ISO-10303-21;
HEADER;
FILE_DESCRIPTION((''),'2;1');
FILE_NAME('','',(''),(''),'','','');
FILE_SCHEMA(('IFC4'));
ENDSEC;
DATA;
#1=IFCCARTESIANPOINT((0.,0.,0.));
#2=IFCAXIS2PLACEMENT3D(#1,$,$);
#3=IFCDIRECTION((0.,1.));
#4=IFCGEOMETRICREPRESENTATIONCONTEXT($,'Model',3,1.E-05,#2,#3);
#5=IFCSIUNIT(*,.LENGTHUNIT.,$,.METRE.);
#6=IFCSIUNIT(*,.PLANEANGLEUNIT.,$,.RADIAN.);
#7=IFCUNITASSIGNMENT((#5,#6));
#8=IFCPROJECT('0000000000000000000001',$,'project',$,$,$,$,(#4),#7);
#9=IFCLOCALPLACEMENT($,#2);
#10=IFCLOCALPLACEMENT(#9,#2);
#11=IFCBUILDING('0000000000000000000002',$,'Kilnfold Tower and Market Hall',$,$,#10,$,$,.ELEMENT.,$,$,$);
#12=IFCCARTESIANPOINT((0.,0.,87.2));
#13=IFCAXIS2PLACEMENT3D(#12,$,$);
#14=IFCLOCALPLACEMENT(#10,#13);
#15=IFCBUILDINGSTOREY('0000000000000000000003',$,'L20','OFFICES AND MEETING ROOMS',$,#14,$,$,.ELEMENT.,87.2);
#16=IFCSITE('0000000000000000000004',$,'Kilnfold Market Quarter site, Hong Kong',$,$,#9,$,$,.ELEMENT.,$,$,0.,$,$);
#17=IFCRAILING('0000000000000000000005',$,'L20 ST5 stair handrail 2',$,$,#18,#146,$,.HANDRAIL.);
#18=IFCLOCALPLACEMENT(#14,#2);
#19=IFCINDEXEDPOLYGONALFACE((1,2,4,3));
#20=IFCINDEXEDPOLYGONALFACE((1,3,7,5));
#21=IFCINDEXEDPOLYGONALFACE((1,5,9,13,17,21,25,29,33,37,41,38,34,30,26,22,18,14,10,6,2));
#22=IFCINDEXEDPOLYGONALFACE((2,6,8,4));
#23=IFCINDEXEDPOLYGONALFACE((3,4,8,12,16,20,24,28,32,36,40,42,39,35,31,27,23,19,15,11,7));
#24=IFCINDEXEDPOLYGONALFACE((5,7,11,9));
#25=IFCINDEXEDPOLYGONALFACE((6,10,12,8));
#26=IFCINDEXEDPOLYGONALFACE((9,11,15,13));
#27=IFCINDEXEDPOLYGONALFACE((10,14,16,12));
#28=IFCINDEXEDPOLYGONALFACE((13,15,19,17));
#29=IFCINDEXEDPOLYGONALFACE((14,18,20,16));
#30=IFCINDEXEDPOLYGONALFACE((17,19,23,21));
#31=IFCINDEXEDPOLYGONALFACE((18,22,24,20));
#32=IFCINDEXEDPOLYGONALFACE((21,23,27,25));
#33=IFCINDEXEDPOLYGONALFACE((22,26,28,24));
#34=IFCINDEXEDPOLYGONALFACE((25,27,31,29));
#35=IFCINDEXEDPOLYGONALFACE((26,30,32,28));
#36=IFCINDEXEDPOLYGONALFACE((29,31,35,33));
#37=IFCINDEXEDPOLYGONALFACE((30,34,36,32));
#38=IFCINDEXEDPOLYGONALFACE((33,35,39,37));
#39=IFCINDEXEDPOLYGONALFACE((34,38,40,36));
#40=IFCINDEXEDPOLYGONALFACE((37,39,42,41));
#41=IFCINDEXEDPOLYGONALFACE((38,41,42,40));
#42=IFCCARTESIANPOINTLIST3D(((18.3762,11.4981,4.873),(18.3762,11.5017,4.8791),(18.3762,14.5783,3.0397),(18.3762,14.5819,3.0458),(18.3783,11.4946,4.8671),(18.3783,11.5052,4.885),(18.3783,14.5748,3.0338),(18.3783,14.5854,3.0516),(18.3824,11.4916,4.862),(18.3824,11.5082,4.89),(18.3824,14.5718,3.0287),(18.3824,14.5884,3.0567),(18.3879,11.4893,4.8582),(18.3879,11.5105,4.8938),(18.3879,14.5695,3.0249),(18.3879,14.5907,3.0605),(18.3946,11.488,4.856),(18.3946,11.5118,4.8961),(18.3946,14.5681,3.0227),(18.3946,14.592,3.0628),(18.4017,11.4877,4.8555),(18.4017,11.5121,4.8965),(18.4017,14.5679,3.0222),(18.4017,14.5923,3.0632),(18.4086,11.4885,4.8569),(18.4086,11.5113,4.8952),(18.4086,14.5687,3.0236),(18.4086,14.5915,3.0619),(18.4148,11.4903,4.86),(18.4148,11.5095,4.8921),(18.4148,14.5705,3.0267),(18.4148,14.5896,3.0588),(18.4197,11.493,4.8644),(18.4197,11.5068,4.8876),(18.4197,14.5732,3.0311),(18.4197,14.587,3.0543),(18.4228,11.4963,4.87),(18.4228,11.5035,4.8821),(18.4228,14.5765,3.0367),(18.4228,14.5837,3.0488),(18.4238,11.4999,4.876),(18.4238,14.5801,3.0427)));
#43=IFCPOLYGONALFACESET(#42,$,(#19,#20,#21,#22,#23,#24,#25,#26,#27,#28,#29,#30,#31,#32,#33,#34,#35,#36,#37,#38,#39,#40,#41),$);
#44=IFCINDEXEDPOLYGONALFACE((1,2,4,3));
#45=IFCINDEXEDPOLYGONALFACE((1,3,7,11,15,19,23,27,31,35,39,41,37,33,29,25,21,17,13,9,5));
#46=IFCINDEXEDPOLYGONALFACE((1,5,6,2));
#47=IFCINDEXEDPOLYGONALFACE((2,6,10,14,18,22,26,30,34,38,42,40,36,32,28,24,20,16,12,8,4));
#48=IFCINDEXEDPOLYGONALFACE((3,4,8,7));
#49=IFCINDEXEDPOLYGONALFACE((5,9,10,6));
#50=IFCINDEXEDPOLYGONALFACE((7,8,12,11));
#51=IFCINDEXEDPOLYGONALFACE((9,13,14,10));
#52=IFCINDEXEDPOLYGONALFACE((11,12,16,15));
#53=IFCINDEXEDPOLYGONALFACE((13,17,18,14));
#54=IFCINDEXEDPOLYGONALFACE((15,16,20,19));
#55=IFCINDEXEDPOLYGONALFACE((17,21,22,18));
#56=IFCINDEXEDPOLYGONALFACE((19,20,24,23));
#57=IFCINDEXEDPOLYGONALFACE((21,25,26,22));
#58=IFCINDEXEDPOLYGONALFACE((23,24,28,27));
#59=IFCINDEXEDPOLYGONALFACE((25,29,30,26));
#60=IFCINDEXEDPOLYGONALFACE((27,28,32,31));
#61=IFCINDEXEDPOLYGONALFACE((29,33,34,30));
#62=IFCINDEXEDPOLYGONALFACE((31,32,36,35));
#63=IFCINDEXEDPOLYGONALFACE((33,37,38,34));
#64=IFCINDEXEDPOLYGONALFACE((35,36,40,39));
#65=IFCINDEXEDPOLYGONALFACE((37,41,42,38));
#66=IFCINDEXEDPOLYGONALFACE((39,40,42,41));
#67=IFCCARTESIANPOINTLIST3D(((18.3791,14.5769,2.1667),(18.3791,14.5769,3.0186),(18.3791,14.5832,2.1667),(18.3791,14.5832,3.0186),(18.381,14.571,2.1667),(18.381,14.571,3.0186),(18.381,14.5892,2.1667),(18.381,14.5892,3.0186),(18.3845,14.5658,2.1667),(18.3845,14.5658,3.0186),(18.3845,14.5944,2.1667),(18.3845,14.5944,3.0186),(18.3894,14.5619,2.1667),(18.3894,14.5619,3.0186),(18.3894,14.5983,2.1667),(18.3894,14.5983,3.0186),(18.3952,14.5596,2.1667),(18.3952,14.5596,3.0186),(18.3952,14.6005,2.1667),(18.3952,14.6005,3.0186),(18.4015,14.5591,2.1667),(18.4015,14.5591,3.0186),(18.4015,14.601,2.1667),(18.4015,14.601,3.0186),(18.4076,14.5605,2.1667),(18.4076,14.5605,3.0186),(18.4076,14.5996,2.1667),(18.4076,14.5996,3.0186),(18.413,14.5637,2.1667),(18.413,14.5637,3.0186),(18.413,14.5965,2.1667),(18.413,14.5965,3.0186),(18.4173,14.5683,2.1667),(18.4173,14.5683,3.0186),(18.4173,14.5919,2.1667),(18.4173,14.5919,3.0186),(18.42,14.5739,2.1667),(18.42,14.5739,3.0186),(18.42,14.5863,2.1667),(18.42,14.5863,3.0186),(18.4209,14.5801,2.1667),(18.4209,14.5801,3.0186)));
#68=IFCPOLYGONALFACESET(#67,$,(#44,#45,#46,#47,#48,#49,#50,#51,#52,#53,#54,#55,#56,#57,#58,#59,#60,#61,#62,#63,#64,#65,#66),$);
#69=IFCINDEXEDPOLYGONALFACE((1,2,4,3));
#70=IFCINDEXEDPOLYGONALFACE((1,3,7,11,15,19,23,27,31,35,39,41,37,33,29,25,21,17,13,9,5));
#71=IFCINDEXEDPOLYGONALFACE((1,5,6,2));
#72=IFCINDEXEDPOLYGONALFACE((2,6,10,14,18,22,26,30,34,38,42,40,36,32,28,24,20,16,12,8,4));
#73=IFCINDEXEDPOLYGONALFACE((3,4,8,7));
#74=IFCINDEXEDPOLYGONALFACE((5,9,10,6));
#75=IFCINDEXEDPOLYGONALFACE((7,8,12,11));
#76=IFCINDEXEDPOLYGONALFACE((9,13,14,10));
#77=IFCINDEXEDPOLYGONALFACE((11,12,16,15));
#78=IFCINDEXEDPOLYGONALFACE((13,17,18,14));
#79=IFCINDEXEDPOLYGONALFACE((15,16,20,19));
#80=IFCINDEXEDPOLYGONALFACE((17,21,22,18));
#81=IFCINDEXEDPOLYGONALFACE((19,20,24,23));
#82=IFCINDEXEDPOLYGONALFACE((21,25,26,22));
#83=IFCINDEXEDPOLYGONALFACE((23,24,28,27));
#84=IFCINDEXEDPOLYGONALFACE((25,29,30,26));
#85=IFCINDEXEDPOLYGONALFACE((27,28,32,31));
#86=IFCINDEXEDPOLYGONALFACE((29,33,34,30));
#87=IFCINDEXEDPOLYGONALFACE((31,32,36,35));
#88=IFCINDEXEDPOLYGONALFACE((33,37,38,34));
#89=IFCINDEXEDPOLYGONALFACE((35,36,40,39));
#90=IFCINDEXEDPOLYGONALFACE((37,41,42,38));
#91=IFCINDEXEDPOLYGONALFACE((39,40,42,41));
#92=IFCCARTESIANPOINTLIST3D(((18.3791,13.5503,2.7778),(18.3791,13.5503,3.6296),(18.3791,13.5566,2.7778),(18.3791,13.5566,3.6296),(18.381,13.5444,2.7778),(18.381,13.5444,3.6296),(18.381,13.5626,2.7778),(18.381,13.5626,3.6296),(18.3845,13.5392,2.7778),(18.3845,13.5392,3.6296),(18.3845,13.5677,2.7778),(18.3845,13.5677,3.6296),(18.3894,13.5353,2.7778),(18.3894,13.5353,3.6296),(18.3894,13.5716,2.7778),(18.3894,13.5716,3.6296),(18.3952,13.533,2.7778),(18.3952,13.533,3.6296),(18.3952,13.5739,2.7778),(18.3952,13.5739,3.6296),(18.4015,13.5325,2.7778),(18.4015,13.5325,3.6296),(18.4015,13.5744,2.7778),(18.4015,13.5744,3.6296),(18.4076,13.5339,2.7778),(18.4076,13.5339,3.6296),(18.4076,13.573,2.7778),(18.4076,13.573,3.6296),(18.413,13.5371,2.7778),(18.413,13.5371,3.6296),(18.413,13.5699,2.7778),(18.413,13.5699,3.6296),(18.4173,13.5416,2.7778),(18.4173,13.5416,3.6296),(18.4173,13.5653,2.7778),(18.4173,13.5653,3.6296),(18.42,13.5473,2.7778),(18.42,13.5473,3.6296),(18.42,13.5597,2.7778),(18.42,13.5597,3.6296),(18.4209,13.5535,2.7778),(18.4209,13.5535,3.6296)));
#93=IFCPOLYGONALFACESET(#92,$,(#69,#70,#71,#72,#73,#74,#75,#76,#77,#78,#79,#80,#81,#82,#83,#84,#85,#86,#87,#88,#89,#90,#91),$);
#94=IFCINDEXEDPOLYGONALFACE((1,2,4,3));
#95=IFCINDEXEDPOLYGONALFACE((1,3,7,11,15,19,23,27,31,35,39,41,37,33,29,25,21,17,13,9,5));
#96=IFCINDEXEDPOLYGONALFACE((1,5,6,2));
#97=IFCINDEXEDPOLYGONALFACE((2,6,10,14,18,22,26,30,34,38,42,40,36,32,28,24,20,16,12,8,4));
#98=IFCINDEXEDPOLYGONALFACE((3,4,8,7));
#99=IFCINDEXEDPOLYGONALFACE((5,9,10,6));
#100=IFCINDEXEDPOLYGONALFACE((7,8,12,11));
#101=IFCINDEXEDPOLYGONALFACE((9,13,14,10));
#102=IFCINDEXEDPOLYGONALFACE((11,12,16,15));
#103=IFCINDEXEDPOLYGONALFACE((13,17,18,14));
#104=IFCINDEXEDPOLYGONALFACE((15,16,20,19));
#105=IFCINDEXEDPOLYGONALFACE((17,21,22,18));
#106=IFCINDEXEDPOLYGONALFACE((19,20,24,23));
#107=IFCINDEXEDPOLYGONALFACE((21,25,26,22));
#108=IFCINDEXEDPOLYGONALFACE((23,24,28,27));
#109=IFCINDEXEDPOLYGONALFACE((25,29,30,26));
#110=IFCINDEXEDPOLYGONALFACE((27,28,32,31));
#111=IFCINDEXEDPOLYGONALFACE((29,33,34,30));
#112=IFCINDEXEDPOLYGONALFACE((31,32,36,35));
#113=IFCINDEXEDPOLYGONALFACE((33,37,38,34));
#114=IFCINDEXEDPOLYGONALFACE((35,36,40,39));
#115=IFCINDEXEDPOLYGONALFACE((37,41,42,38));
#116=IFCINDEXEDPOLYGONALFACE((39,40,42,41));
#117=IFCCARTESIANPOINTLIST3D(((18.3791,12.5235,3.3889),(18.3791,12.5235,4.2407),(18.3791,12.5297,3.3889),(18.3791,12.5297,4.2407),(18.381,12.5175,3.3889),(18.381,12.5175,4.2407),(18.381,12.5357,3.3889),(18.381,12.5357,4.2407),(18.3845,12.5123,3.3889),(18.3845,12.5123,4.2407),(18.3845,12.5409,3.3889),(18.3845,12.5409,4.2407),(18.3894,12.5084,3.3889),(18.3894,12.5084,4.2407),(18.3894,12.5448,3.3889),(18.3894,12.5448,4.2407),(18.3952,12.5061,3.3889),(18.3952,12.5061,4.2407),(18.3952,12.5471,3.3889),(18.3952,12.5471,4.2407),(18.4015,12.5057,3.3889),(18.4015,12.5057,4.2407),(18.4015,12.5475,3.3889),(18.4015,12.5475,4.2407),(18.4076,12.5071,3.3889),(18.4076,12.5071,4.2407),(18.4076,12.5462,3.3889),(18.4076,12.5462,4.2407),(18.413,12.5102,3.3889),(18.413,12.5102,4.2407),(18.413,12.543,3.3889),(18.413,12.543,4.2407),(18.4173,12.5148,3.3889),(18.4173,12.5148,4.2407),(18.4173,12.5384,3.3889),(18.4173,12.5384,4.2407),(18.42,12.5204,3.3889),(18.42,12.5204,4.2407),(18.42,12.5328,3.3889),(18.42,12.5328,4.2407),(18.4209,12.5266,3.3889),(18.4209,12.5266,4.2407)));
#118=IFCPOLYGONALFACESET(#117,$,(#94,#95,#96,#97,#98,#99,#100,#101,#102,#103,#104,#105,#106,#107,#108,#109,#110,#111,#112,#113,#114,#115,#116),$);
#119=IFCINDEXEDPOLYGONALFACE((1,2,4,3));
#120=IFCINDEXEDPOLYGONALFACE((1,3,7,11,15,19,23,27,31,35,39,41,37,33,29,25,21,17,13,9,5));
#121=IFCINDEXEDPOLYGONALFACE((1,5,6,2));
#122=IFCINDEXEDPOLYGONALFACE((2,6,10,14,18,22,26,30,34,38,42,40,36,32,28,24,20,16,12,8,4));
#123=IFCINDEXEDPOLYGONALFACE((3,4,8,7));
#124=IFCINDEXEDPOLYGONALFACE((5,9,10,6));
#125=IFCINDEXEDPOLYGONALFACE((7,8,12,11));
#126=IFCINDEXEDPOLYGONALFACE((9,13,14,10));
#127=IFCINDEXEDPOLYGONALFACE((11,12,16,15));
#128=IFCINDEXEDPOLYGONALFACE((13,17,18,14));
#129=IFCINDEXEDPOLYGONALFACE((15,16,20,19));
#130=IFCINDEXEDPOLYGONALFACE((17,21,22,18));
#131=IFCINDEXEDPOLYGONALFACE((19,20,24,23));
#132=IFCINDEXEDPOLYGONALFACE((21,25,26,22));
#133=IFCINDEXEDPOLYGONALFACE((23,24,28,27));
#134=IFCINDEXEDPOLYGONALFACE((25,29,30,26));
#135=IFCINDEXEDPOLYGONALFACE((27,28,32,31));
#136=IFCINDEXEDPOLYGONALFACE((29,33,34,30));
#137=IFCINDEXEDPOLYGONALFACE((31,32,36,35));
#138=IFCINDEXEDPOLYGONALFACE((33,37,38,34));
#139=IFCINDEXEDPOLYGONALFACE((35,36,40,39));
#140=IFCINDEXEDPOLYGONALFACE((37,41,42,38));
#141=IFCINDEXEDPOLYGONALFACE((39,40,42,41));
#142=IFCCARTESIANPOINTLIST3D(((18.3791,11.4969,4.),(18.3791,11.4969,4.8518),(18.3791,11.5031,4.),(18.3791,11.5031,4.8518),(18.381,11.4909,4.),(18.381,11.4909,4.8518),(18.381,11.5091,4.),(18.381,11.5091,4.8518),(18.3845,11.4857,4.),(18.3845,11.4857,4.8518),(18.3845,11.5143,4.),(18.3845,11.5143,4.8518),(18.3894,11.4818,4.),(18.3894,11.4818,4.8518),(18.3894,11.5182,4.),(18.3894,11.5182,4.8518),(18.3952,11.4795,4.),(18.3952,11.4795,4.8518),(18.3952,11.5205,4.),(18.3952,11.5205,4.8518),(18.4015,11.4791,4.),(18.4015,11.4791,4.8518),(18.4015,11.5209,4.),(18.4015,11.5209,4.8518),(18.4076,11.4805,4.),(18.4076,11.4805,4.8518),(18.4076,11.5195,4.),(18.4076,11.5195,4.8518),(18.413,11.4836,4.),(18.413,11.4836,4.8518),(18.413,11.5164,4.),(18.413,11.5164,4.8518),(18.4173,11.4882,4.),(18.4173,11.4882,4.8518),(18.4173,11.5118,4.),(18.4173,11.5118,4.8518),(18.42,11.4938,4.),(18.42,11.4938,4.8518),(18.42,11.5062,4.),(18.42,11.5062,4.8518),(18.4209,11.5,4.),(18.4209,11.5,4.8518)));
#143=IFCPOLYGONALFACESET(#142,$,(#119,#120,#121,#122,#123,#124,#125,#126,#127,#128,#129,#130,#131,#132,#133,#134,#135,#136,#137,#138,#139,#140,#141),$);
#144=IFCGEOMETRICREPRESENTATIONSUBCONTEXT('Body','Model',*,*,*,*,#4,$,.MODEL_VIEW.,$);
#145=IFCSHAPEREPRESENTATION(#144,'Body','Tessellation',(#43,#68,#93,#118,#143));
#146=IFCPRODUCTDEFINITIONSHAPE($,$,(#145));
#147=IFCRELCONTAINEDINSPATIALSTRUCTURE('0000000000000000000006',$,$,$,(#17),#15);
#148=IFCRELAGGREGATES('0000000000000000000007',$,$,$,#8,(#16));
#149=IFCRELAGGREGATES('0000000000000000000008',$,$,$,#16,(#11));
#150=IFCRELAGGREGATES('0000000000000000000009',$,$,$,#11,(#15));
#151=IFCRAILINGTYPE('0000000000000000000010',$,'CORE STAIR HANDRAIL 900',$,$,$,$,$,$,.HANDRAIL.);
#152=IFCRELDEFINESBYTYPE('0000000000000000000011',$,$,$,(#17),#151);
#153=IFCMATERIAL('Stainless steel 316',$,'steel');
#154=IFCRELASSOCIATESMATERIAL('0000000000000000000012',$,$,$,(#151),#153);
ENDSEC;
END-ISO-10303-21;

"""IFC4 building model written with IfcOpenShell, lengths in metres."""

from ifc_helpers import new_model, si_unit, direction, frame, origin, origin_2d, place, context, subcontext, project, spatial, circle, extrude, material, type_object, element, save


model = new_model("IFC4")

# Units and contexts
model_context = context("Model", 3, precision=1e-05, world=origin(), true_north=direction((0.0, 1.0)))
body_context = subcontext(model_context, "Body", "Model", "MODEL_VIEW")
ifc_project = project(units=[si_unit("LENGTHUNIT", "METRE"), si_unit("PLANEANGLEUNIT", "RADIAN")], contexts=[model_context])

# Site, building, storey
site_placement = place(None, origin())
site = spatial("IfcSite", under=ifc_project, at=site_placement, Name="Kilnfold Market Quarter site, Hong Kong", CompositionType="ELEMENT", RefElevation=0.0)
building_placement = place(site_placement, origin())
building = spatial("IfcBuilding", under=site, at=building_placement, Name="Kilnfold Tower and Market Hall", CompositionType="ELEMENT")
storey_placement = place(building_placement, frame((0.0, 0.0, 87.2)))
storey = spatial("IfcBuildingStorey", under=building, at=storey_placement, Name="L20", Description="OFFICES AND MEETING ROOMS", CompositionType="ELEMENT", Elevation=87.2)

# Railing
ifc_material_1 = material(Name="Stainless steel 316", Category="steel")
railing_type_1 = type_object("IfcRailingType", Name="CORE STAIR HANDRAIL 900", PredefinedType="HANDRAIL", material=ifc_material_1)
railing_1_placement = place(storey_placement, frame((18.3999, 14.5801, 2.1667)))
element("IfcRailing", 1, at=railing_1_placement, inside=storey, type_object=railing_type_1, Name="L20 ST5 stair handrail 2", PredefinedType="HANDRAIL", context=body_context, shape_type="SweptSolid", body=[
    extrude(circle(Radius=0.0239, at=origin_2d()), frame((0.0, 0.0, 0.876), z_axis=(0.0, -0.859309, 0.511458), x_axis=(1.0, 0.0, 0.0)), (0.0, 0.0, 1.0), 3.5845),
    extrude(circle(Radius=0.021, at=origin_2d()), origin(), (0.0, 0.0, 1.0), 0.8518),
    extrude(circle(Radius=0.021, at=origin_2d()), frame((0.0, -1.0266, 0.6111)), (0.0, 0.0, 1.0), 0.8518),
    extrude(circle(Radius=0.021, at=origin_2d()), frame((0.0, -2.0535, 1.2222)), (0.0, 0.0, 1.0), 0.8518),
    extrude(circle(Radius=0.021, at=origin_2d()), frame((0.0, -3.0801, 1.8333)), (0.0, 0.0, 1.0), 0.8518),
])

save(model, "model.ifc")
